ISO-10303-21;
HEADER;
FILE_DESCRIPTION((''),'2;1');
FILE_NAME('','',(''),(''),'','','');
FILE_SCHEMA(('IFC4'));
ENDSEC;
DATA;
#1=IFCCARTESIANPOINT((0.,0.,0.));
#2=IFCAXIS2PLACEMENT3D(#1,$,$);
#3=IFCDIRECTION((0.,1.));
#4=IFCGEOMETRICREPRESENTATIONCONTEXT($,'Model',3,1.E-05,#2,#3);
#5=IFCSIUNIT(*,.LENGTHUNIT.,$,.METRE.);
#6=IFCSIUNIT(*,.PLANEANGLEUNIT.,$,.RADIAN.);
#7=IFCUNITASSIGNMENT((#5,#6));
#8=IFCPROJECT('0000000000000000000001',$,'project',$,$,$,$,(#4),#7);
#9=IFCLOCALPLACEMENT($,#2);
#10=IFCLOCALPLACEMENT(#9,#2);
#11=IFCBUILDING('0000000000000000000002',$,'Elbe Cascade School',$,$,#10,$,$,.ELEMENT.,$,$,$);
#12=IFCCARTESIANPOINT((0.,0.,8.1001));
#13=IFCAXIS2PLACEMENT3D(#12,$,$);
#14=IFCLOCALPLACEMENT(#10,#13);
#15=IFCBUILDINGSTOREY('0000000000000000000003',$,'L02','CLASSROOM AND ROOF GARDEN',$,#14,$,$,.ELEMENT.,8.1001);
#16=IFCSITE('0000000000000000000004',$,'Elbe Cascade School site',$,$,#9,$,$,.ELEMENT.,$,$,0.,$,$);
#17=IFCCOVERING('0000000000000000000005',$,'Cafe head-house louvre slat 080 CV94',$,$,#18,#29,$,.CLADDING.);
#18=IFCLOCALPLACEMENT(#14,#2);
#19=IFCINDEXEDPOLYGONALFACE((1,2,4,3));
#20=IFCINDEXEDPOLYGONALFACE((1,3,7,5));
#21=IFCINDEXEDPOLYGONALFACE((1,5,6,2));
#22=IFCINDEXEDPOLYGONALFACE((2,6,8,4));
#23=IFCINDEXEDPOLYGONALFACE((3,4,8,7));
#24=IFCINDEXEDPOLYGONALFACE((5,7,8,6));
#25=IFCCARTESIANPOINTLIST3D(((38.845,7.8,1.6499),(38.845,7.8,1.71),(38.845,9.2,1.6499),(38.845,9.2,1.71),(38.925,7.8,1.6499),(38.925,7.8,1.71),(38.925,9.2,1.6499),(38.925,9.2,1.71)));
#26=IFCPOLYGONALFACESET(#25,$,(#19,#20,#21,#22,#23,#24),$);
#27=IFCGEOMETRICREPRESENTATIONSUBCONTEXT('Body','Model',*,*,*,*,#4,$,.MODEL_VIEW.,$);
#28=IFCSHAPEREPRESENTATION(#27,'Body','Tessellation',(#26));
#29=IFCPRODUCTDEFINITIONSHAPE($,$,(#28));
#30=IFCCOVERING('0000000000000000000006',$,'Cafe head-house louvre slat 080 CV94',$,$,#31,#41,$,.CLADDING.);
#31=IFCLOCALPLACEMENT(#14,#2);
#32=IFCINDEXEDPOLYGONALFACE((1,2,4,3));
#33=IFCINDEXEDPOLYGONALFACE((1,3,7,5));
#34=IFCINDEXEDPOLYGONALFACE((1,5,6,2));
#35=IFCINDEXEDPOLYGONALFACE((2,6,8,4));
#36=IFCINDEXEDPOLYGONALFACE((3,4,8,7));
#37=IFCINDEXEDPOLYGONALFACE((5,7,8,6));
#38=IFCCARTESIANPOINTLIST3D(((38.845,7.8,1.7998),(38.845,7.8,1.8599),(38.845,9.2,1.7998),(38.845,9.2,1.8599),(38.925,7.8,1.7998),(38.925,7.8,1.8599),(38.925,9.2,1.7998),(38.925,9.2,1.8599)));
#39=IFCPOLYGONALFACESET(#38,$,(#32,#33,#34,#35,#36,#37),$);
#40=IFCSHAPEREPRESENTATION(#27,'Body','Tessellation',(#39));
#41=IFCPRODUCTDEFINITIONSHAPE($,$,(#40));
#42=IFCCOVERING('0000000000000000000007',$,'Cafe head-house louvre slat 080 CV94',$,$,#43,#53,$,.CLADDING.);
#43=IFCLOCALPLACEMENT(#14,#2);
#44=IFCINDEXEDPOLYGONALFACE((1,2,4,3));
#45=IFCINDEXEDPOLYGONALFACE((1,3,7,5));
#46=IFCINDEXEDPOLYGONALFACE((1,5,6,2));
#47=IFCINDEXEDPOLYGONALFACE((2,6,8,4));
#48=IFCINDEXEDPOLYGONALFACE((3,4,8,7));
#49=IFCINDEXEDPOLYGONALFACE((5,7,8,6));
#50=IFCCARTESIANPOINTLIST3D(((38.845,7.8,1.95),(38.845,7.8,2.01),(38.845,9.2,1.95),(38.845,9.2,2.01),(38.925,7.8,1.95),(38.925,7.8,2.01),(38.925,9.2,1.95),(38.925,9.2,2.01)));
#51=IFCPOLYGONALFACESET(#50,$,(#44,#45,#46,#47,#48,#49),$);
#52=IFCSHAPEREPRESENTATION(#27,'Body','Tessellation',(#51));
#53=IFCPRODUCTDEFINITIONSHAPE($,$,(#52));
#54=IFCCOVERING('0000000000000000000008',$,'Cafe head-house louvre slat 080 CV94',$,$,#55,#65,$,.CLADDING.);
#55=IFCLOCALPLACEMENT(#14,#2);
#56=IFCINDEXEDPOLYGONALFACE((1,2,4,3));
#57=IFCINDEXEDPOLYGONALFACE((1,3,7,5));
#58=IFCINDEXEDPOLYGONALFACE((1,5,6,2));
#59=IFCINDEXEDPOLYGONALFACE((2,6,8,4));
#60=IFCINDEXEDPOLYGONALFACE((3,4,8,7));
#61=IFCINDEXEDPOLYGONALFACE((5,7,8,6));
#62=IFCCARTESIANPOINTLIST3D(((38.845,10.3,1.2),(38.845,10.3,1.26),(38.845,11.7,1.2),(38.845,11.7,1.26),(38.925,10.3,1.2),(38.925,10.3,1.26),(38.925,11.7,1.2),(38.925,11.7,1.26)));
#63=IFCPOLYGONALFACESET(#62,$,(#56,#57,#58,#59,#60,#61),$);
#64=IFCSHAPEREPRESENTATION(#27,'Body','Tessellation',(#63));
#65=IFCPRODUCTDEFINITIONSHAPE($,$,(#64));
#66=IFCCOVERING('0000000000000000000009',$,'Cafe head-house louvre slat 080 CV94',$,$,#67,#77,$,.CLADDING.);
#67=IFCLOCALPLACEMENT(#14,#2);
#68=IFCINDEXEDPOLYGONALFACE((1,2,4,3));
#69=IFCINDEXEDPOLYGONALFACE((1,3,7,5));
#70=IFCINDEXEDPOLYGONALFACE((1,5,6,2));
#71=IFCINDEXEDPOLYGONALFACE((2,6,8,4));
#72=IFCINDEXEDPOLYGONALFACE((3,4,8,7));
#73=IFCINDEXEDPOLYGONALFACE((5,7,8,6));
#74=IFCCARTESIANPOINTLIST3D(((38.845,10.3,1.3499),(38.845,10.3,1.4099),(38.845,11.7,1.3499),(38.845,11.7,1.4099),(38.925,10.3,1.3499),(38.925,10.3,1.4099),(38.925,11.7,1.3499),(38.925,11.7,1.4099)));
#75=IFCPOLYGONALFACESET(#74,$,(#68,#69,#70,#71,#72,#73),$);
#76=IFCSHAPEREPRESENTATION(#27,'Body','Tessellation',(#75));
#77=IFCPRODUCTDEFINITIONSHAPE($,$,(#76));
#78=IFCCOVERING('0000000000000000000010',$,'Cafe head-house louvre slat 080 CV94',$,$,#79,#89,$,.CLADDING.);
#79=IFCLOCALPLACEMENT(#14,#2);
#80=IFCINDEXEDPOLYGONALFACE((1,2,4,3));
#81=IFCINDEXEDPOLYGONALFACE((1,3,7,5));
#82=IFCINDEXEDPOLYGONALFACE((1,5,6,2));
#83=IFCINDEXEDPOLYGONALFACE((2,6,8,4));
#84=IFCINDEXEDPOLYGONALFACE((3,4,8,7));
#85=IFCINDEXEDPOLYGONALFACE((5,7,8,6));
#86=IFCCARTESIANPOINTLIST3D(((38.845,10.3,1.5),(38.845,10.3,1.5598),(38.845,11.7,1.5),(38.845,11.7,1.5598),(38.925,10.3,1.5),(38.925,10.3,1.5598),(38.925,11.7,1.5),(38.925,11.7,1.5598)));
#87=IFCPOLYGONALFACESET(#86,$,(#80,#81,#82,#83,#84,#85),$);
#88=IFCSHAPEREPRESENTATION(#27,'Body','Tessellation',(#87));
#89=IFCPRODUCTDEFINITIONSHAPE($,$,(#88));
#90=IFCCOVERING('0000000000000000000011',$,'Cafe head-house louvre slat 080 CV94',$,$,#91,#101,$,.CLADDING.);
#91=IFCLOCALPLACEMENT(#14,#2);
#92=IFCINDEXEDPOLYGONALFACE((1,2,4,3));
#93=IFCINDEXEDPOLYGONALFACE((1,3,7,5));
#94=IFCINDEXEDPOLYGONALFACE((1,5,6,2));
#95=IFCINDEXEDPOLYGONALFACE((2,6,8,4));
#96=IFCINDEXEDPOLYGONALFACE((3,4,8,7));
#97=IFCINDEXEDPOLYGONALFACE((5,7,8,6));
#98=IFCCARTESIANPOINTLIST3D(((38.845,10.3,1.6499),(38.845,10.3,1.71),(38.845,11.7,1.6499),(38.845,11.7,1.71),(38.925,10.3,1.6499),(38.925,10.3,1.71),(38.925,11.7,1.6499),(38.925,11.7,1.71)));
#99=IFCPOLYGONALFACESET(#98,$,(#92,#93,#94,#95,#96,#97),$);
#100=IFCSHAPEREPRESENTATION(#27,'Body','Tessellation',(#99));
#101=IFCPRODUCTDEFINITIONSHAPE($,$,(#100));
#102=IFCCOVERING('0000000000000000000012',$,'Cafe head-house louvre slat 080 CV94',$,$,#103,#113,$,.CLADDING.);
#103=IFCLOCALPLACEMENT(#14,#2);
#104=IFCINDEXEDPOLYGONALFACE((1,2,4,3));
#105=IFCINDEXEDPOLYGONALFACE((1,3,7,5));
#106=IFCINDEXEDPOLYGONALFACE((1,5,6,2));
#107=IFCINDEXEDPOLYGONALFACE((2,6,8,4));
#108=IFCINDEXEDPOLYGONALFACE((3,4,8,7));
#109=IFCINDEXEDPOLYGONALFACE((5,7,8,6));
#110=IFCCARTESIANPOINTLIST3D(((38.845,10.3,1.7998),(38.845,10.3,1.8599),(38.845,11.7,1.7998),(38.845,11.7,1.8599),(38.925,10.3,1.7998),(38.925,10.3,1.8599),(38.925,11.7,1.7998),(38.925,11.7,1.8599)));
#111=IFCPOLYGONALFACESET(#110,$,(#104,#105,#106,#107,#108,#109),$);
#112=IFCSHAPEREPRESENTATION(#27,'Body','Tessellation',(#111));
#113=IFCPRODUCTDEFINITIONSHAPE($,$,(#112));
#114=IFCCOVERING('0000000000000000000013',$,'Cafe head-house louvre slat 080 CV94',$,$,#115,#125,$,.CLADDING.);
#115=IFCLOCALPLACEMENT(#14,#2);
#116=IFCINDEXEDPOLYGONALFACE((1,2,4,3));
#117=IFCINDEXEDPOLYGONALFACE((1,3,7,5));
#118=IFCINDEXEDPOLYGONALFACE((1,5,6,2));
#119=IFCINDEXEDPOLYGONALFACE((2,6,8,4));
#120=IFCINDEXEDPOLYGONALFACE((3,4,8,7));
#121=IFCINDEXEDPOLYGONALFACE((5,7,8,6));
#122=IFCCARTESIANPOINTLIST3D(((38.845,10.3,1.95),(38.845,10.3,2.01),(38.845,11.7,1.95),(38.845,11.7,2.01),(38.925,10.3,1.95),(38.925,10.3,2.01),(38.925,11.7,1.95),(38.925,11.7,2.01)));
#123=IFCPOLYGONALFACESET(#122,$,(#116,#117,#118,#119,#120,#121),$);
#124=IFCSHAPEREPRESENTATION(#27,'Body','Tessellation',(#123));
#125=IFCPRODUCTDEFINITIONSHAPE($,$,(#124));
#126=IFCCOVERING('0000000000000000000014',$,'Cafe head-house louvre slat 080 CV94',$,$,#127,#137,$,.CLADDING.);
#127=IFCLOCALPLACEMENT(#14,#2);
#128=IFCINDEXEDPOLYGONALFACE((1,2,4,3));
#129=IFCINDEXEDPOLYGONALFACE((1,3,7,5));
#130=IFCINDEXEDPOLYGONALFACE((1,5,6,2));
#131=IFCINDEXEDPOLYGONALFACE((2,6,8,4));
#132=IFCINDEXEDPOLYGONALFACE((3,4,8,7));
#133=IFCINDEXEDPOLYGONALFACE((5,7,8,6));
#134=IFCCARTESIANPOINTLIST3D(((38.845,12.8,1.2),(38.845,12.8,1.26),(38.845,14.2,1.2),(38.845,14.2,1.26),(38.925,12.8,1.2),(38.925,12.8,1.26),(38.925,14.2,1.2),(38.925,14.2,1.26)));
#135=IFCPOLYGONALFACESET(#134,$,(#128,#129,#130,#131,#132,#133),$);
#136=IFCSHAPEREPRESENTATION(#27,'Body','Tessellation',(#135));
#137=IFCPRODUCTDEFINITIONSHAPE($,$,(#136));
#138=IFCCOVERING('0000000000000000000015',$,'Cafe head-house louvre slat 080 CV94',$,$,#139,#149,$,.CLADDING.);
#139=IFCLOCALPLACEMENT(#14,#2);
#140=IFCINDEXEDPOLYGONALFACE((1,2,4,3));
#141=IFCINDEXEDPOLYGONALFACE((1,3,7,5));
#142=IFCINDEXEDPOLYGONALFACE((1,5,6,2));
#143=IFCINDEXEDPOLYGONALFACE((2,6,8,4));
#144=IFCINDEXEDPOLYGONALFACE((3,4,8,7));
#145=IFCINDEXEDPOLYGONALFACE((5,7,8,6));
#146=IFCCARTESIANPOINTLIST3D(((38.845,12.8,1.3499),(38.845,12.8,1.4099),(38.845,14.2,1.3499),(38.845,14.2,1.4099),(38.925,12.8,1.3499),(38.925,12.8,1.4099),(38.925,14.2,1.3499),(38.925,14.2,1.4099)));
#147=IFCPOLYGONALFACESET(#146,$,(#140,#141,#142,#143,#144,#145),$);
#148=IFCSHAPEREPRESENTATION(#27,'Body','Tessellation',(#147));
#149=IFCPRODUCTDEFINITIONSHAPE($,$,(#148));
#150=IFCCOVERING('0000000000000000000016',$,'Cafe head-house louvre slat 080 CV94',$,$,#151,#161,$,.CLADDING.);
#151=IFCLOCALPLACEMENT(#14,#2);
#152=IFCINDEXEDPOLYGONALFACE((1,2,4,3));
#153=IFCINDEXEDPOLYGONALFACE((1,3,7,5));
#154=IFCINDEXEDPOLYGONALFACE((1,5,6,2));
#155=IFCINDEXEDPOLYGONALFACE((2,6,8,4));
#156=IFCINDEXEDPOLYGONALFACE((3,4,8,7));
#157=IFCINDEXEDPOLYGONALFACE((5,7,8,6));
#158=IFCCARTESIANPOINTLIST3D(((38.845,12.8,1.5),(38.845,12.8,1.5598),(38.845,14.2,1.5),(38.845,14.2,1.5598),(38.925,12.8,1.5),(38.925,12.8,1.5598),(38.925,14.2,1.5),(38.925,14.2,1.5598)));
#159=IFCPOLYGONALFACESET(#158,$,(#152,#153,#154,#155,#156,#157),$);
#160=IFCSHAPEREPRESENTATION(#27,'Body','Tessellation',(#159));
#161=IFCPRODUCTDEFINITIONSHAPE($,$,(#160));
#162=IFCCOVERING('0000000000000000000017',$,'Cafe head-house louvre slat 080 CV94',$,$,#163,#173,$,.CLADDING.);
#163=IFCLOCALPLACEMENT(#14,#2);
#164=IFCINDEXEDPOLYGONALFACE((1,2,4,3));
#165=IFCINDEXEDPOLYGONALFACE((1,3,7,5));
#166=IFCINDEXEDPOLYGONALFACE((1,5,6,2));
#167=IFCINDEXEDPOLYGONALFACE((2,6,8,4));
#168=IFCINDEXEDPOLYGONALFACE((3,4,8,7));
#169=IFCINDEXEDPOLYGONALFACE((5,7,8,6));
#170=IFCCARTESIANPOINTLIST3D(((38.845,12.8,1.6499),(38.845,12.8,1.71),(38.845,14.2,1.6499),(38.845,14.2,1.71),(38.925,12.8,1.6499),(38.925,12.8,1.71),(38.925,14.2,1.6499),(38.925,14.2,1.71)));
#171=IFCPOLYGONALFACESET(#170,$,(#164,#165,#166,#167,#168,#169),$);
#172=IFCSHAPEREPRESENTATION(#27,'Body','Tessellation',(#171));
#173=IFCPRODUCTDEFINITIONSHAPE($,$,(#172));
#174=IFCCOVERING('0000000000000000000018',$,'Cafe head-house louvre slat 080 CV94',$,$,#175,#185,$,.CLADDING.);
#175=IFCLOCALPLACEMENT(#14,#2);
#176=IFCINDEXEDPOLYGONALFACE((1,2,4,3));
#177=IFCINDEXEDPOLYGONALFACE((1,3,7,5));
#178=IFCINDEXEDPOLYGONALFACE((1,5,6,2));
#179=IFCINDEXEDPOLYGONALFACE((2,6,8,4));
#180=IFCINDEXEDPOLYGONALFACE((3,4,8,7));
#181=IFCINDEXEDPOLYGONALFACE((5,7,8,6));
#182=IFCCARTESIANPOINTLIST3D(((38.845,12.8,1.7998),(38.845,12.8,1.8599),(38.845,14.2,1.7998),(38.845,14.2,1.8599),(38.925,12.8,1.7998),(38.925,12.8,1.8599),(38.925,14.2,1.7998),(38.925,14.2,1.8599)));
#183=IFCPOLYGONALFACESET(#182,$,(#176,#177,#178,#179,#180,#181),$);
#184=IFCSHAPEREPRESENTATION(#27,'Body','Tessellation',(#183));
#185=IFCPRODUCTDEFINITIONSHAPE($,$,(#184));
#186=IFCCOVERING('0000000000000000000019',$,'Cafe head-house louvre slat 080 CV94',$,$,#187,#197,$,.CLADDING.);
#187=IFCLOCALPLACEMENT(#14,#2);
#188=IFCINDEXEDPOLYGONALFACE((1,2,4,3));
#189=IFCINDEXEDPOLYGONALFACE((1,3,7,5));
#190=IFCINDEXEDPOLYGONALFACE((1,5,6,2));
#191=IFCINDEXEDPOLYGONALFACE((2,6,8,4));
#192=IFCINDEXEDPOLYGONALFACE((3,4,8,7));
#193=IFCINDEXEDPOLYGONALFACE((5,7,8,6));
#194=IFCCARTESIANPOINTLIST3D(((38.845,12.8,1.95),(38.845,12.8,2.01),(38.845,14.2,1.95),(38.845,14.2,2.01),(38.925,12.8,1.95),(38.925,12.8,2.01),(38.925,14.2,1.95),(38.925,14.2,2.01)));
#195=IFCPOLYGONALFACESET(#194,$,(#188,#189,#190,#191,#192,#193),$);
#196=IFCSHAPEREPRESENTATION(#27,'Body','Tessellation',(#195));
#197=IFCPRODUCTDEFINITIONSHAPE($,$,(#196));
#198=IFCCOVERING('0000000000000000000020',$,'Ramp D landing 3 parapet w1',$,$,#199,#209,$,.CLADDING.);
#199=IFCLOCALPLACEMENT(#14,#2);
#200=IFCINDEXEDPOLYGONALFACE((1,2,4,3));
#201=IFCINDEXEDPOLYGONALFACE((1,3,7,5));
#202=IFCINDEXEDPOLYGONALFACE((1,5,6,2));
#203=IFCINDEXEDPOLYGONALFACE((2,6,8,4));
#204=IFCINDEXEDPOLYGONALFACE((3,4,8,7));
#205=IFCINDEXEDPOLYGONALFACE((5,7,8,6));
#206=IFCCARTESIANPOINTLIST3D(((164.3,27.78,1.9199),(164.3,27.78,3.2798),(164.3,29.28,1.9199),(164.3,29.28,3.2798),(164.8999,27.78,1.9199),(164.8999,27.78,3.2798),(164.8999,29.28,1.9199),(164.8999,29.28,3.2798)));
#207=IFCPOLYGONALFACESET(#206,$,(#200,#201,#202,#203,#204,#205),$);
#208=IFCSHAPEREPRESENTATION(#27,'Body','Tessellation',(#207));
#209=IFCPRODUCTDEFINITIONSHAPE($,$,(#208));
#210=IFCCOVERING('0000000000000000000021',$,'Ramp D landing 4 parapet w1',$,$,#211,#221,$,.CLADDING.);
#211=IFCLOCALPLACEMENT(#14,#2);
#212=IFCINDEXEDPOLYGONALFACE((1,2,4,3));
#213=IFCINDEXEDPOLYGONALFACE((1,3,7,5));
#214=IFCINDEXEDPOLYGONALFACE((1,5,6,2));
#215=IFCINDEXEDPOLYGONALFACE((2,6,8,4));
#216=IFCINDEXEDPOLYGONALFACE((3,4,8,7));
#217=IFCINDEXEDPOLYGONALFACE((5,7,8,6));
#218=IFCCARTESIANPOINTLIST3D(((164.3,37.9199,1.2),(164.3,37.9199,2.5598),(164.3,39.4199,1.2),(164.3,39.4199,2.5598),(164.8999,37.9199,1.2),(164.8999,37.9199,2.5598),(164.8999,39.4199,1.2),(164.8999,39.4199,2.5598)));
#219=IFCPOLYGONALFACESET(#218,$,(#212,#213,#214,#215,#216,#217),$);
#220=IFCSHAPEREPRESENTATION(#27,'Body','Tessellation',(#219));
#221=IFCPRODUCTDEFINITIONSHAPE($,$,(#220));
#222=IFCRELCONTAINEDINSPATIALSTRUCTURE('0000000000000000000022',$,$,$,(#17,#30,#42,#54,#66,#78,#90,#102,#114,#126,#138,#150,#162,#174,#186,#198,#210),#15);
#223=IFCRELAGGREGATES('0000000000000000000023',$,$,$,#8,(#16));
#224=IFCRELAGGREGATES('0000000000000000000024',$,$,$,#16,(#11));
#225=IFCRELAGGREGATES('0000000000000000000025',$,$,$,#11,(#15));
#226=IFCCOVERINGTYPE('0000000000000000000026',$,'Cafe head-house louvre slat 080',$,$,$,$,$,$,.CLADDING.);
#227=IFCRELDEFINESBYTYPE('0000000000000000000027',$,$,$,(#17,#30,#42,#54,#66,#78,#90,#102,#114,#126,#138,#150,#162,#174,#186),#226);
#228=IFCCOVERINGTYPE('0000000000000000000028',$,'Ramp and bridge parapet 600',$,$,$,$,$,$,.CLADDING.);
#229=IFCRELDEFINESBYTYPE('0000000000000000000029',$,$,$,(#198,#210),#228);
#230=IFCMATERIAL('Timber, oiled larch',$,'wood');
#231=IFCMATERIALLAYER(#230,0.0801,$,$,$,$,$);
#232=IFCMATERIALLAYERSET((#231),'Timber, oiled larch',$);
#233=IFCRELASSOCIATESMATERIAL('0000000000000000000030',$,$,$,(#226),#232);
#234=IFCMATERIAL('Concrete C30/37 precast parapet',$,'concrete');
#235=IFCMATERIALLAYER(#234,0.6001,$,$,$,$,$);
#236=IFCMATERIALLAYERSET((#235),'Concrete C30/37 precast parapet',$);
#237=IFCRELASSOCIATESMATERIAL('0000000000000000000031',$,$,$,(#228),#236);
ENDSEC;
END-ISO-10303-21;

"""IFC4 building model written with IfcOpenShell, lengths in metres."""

from ifc_helpers import new_model, si_unit, direction, frame, origin, place, context, subcontext, project, spatial, polyline, outline, extrude, material, layer, layer_set, type_object, element, save


model = new_model("IFC4")

# Units and contexts
model_context = context("Model", 3, precision=1e-05, world=origin(), true_north=direction((0.0, 1.0)))
body_context = subcontext(model_context, "Body", "Model", "MODEL_VIEW")
ifc_project = project(units=[si_unit("LENGTHUNIT", "METRE"), si_unit("PLANEANGLEUNIT", "RADIAN")], contexts=[model_context])

# Site, building, storey
site_placement = place(None, origin())
site = spatial("IfcSite", under=ifc_project, at=site_placement, Name="Elbe Cascade School site", CompositionType="ELEMENT", RefElevation=0.0)
building_placement = place(site_placement, origin())
building = spatial("IfcBuilding", under=site, at=building_placement, Name="Elbe Cascade School", CompositionType="ELEMENT")
storey_placement = place(building_placement, frame((0.0, 0.0, 8.1001)))
storey = spatial("IfcBuildingStorey", under=building, at=storey_placement, Name="L02", Description="CLASSROOM AND ROOF GARDEN", CompositionType="ELEMENT", Elevation=8.1001)

# Coverings
ifc_material_1 = material(Name="Timber, oiled larch", Category="wood")
ifc_layer_1 = layer(ifc_material_1, 0.0801)
ifc_layer_set_1 = layer_set([ifc_layer_1], Name="Timber, oiled larch")
covering_type_1 = type_object("IfcCoveringType", Name="Cafe head-house louvre slat 080", PredefinedType="CLADDING", material=ifc_layer_set_1)
for number, where, name in (
    (1, (0.0, 0.0, 1.6499), "Cafe head-house louvre slat 080 CV94"),
    (2, (0.0, 0.0, 1.7998), "Cafe head-house louvre slat 080 CV94"),
    (3, (0.0, 0.0, 1.95), "Cafe head-house louvre slat 080 CV94"),
):
    element("IfcCovering", number, at=place(storey_placement, frame(where)), inside=storey, type_object=covering_type_1, Name=name, PredefinedType="CLADDING", context=body_context, shape_type="SweptSolid", body=[
        extrude(outline(polyline([(38.845, 7.8), (38.925, 7.8), (38.925, 9.2), (38.845, 9.2), (38.845, 7.8)])), origin(), (0.0, 0.0, 1.0), 0.0601),
    ])
for number, where, name in (
    (4, (0.0, 0.0, 1.2), "Cafe head-house louvre slat 080 CV94"),
    (5, (0.0, 0.0, 1.3499), "Cafe head-house louvre slat 080 CV94"),
):
    element("IfcCovering", number, at=place(storey_placement, frame(where)), inside=storey, type_object=covering_type_1, Name=name, PredefinedType="CLADDING", context=body_context, shape_type="SweptSolid", body=[
        extrude(outline(polyline([(38.845, 10.3), (38.925, 10.3), (38.925, 11.7), (38.845, 11.7), (38.845, 10.3)])), origin(), (0.0, 0.0, 1.0), 0.0601),
    ])
covering_1_placement = place(storey_placement, frame((0.0, 0.0, 1.5)))
element("IfcCovering", 6, at=covering_1_placement, inside=storey, type_object=covering_type_1, Name="Cafe head-house louvre slat 080 CV94", PredefinedType="CLADDING", context=body_context, shape_type="SweptSolid", body=[
    extrude(outline(polyline([(38.845, 10.3), (38.925, 10.3), (38.925, 11.7), (38.845, 11.7), (38.845, 10.3)])), origin(), (0.0, 0.0, 1.0), 0.0598),
])
for number, where, name in (
    (7, (0.0, 0.0, 1.6499), "Cafe head-house louvre slat 080 CV94"),
    (8, (0.0, 0.0, 1.7998), "Cafe head-house louvre slat 080 CV94"),
    (9, (0.0, 0.0, 1.95), "Cafe head-house louvre slat 080 CV94"),
):
    element("IfcCovering", number, at=place(storey_placement, frame(where)), inside=storey, type_object=covering_type_1, Name=name, PredefinedType="CLADDING", context=body_context, shape_type="SweptSolid", body=[
        extrude(outline(polyline([(38.845, 10.3), (38.925, 10.3), (38.925, 11.7), (38.845, 11.7), (38.845, 10.3)])), origin(), (0.0, 0.0, 1.0), 0.0601),
    ])
for number, where, name in (
    (10, (0.0, 0.0, 1.2), "Cafe head-house louvre slat 080 CV94"),
    (11, (0.0, 0.0, 1.3499), "Cafe head-house louvre slat 080 CV94"),
):
    element("IfcCovering", number, at=place(storey_placement, frame(where)), inside=storey, type_object=covering_type_1, Name=name, PredefinedType="CLADDING", context=body_context, shape_type="SweptSolid", body=[
        extrude(outline(polyline([(38.845, 12.8), (38.925, 12.8), (38.925, 14.2), (38.845, 14.2), (38.845, 12.8)])), origin(), (0.0, 0.0, 1.0), 0.0601),
    ])
covering_2_placement = place(storey_placement, frame((0.0, 0.0, 1.5)))
element("IfcCovering", 12, at=covering_2_placement, inside=storey, type_object=covering_type_1, Name="Cafe head-house louvre slat 080 CV94", PredefinedType="CLADDING", context=body_context, shape_type="SweptSolid", body=[
    extrude(outline(polyline([(38.845, 12.8), (38.925, 12.8), (38.925, 14.2), (38.845, 14.2), (38.845, 12.8)])), origin(), (0.0, 0.0, 1.0), 0.0598),
])
for number, where, name in (
    (13, (0.0, 0.0, 1.6499), "Cafe head-house louvre slat 080 CV94"),
    (14, (0.0, 0.0, 1.7998), "Cafe head-house louvre slat 080 CV94"),
    (15, (0.0, 0.0, 1.95), "Cafe head-house louvre slat 080 CV94"),
):
    element("IfcCovering", number, at=place(storey_placement, frame(where)), inside=storey, type_object=covering_type_1, Name=name, PredefinedType="CLADDING", context=body_context, shape_type="SweptSolid", body=[
        extrude(outline(polyline([(38.845, 12.8), (38.925, 12.8), (38.925, 14.2), (38.845, 14.2), (38.845, 12.8)])), origin(), (0.0, 0.0, 1.0), 0.0601),
    ])
ifc_material_2 = material(Name="Concrete C30/37 precast parapet", Category="concrete")
ifc_layer_2 = layer(ifc_material_2, 0.6001)
ifc_layer_set_2 = layer_set([ifc_layer_2], Name="Concrete C30/37 precast parapet")
covering_type_2 = type_object("IfcCoveringType", Name="Ramp and bridge parapet 600", PredefinedType="CLADDING", material=ifc_layer_set_2)
covering_3_placement = place(storey_placement, frame((0.0, 0.0, 1.9199)))
element("IfcCovering", 16, at=covering_3_placement, inside=storey, type_object=covering_type_2, Name="Ramp D landing 3 parapet w1", PredefinedType="CLADDING", context=body_context, shape_type="SweptSolid", body=[
    extrude(outline(polyline([(164.3, 27.78), (164.8999, 27.78), (164.8999, 29.28), (164.3, 29.28), (164.3, 27.78)])), origin(), (0.0, 0.0, 1.0), 1.3599),
])
covering_4_placement = place(storey_placement, frame((0.0, 0.0, 1.2)))
element("IfcCovering", 17, at=covering_4_placement, inside=storey, type_object=covering_type_2, Name="Ramp D landing 4 parapet w1", PredefinedType="CLADDING", context=body_context, shape_type="SweptSolid", body=[
    extrude(outline(polyline([(164.3, 37.9199), (164.8999, 37.9199), (164.8999, 39.4199), (164.3, 39.4199), (164.3, 37.9199)])), origin(), (0.0, 0.0, 1.0), 1.3599),
])

save(model, "model.ifc")
